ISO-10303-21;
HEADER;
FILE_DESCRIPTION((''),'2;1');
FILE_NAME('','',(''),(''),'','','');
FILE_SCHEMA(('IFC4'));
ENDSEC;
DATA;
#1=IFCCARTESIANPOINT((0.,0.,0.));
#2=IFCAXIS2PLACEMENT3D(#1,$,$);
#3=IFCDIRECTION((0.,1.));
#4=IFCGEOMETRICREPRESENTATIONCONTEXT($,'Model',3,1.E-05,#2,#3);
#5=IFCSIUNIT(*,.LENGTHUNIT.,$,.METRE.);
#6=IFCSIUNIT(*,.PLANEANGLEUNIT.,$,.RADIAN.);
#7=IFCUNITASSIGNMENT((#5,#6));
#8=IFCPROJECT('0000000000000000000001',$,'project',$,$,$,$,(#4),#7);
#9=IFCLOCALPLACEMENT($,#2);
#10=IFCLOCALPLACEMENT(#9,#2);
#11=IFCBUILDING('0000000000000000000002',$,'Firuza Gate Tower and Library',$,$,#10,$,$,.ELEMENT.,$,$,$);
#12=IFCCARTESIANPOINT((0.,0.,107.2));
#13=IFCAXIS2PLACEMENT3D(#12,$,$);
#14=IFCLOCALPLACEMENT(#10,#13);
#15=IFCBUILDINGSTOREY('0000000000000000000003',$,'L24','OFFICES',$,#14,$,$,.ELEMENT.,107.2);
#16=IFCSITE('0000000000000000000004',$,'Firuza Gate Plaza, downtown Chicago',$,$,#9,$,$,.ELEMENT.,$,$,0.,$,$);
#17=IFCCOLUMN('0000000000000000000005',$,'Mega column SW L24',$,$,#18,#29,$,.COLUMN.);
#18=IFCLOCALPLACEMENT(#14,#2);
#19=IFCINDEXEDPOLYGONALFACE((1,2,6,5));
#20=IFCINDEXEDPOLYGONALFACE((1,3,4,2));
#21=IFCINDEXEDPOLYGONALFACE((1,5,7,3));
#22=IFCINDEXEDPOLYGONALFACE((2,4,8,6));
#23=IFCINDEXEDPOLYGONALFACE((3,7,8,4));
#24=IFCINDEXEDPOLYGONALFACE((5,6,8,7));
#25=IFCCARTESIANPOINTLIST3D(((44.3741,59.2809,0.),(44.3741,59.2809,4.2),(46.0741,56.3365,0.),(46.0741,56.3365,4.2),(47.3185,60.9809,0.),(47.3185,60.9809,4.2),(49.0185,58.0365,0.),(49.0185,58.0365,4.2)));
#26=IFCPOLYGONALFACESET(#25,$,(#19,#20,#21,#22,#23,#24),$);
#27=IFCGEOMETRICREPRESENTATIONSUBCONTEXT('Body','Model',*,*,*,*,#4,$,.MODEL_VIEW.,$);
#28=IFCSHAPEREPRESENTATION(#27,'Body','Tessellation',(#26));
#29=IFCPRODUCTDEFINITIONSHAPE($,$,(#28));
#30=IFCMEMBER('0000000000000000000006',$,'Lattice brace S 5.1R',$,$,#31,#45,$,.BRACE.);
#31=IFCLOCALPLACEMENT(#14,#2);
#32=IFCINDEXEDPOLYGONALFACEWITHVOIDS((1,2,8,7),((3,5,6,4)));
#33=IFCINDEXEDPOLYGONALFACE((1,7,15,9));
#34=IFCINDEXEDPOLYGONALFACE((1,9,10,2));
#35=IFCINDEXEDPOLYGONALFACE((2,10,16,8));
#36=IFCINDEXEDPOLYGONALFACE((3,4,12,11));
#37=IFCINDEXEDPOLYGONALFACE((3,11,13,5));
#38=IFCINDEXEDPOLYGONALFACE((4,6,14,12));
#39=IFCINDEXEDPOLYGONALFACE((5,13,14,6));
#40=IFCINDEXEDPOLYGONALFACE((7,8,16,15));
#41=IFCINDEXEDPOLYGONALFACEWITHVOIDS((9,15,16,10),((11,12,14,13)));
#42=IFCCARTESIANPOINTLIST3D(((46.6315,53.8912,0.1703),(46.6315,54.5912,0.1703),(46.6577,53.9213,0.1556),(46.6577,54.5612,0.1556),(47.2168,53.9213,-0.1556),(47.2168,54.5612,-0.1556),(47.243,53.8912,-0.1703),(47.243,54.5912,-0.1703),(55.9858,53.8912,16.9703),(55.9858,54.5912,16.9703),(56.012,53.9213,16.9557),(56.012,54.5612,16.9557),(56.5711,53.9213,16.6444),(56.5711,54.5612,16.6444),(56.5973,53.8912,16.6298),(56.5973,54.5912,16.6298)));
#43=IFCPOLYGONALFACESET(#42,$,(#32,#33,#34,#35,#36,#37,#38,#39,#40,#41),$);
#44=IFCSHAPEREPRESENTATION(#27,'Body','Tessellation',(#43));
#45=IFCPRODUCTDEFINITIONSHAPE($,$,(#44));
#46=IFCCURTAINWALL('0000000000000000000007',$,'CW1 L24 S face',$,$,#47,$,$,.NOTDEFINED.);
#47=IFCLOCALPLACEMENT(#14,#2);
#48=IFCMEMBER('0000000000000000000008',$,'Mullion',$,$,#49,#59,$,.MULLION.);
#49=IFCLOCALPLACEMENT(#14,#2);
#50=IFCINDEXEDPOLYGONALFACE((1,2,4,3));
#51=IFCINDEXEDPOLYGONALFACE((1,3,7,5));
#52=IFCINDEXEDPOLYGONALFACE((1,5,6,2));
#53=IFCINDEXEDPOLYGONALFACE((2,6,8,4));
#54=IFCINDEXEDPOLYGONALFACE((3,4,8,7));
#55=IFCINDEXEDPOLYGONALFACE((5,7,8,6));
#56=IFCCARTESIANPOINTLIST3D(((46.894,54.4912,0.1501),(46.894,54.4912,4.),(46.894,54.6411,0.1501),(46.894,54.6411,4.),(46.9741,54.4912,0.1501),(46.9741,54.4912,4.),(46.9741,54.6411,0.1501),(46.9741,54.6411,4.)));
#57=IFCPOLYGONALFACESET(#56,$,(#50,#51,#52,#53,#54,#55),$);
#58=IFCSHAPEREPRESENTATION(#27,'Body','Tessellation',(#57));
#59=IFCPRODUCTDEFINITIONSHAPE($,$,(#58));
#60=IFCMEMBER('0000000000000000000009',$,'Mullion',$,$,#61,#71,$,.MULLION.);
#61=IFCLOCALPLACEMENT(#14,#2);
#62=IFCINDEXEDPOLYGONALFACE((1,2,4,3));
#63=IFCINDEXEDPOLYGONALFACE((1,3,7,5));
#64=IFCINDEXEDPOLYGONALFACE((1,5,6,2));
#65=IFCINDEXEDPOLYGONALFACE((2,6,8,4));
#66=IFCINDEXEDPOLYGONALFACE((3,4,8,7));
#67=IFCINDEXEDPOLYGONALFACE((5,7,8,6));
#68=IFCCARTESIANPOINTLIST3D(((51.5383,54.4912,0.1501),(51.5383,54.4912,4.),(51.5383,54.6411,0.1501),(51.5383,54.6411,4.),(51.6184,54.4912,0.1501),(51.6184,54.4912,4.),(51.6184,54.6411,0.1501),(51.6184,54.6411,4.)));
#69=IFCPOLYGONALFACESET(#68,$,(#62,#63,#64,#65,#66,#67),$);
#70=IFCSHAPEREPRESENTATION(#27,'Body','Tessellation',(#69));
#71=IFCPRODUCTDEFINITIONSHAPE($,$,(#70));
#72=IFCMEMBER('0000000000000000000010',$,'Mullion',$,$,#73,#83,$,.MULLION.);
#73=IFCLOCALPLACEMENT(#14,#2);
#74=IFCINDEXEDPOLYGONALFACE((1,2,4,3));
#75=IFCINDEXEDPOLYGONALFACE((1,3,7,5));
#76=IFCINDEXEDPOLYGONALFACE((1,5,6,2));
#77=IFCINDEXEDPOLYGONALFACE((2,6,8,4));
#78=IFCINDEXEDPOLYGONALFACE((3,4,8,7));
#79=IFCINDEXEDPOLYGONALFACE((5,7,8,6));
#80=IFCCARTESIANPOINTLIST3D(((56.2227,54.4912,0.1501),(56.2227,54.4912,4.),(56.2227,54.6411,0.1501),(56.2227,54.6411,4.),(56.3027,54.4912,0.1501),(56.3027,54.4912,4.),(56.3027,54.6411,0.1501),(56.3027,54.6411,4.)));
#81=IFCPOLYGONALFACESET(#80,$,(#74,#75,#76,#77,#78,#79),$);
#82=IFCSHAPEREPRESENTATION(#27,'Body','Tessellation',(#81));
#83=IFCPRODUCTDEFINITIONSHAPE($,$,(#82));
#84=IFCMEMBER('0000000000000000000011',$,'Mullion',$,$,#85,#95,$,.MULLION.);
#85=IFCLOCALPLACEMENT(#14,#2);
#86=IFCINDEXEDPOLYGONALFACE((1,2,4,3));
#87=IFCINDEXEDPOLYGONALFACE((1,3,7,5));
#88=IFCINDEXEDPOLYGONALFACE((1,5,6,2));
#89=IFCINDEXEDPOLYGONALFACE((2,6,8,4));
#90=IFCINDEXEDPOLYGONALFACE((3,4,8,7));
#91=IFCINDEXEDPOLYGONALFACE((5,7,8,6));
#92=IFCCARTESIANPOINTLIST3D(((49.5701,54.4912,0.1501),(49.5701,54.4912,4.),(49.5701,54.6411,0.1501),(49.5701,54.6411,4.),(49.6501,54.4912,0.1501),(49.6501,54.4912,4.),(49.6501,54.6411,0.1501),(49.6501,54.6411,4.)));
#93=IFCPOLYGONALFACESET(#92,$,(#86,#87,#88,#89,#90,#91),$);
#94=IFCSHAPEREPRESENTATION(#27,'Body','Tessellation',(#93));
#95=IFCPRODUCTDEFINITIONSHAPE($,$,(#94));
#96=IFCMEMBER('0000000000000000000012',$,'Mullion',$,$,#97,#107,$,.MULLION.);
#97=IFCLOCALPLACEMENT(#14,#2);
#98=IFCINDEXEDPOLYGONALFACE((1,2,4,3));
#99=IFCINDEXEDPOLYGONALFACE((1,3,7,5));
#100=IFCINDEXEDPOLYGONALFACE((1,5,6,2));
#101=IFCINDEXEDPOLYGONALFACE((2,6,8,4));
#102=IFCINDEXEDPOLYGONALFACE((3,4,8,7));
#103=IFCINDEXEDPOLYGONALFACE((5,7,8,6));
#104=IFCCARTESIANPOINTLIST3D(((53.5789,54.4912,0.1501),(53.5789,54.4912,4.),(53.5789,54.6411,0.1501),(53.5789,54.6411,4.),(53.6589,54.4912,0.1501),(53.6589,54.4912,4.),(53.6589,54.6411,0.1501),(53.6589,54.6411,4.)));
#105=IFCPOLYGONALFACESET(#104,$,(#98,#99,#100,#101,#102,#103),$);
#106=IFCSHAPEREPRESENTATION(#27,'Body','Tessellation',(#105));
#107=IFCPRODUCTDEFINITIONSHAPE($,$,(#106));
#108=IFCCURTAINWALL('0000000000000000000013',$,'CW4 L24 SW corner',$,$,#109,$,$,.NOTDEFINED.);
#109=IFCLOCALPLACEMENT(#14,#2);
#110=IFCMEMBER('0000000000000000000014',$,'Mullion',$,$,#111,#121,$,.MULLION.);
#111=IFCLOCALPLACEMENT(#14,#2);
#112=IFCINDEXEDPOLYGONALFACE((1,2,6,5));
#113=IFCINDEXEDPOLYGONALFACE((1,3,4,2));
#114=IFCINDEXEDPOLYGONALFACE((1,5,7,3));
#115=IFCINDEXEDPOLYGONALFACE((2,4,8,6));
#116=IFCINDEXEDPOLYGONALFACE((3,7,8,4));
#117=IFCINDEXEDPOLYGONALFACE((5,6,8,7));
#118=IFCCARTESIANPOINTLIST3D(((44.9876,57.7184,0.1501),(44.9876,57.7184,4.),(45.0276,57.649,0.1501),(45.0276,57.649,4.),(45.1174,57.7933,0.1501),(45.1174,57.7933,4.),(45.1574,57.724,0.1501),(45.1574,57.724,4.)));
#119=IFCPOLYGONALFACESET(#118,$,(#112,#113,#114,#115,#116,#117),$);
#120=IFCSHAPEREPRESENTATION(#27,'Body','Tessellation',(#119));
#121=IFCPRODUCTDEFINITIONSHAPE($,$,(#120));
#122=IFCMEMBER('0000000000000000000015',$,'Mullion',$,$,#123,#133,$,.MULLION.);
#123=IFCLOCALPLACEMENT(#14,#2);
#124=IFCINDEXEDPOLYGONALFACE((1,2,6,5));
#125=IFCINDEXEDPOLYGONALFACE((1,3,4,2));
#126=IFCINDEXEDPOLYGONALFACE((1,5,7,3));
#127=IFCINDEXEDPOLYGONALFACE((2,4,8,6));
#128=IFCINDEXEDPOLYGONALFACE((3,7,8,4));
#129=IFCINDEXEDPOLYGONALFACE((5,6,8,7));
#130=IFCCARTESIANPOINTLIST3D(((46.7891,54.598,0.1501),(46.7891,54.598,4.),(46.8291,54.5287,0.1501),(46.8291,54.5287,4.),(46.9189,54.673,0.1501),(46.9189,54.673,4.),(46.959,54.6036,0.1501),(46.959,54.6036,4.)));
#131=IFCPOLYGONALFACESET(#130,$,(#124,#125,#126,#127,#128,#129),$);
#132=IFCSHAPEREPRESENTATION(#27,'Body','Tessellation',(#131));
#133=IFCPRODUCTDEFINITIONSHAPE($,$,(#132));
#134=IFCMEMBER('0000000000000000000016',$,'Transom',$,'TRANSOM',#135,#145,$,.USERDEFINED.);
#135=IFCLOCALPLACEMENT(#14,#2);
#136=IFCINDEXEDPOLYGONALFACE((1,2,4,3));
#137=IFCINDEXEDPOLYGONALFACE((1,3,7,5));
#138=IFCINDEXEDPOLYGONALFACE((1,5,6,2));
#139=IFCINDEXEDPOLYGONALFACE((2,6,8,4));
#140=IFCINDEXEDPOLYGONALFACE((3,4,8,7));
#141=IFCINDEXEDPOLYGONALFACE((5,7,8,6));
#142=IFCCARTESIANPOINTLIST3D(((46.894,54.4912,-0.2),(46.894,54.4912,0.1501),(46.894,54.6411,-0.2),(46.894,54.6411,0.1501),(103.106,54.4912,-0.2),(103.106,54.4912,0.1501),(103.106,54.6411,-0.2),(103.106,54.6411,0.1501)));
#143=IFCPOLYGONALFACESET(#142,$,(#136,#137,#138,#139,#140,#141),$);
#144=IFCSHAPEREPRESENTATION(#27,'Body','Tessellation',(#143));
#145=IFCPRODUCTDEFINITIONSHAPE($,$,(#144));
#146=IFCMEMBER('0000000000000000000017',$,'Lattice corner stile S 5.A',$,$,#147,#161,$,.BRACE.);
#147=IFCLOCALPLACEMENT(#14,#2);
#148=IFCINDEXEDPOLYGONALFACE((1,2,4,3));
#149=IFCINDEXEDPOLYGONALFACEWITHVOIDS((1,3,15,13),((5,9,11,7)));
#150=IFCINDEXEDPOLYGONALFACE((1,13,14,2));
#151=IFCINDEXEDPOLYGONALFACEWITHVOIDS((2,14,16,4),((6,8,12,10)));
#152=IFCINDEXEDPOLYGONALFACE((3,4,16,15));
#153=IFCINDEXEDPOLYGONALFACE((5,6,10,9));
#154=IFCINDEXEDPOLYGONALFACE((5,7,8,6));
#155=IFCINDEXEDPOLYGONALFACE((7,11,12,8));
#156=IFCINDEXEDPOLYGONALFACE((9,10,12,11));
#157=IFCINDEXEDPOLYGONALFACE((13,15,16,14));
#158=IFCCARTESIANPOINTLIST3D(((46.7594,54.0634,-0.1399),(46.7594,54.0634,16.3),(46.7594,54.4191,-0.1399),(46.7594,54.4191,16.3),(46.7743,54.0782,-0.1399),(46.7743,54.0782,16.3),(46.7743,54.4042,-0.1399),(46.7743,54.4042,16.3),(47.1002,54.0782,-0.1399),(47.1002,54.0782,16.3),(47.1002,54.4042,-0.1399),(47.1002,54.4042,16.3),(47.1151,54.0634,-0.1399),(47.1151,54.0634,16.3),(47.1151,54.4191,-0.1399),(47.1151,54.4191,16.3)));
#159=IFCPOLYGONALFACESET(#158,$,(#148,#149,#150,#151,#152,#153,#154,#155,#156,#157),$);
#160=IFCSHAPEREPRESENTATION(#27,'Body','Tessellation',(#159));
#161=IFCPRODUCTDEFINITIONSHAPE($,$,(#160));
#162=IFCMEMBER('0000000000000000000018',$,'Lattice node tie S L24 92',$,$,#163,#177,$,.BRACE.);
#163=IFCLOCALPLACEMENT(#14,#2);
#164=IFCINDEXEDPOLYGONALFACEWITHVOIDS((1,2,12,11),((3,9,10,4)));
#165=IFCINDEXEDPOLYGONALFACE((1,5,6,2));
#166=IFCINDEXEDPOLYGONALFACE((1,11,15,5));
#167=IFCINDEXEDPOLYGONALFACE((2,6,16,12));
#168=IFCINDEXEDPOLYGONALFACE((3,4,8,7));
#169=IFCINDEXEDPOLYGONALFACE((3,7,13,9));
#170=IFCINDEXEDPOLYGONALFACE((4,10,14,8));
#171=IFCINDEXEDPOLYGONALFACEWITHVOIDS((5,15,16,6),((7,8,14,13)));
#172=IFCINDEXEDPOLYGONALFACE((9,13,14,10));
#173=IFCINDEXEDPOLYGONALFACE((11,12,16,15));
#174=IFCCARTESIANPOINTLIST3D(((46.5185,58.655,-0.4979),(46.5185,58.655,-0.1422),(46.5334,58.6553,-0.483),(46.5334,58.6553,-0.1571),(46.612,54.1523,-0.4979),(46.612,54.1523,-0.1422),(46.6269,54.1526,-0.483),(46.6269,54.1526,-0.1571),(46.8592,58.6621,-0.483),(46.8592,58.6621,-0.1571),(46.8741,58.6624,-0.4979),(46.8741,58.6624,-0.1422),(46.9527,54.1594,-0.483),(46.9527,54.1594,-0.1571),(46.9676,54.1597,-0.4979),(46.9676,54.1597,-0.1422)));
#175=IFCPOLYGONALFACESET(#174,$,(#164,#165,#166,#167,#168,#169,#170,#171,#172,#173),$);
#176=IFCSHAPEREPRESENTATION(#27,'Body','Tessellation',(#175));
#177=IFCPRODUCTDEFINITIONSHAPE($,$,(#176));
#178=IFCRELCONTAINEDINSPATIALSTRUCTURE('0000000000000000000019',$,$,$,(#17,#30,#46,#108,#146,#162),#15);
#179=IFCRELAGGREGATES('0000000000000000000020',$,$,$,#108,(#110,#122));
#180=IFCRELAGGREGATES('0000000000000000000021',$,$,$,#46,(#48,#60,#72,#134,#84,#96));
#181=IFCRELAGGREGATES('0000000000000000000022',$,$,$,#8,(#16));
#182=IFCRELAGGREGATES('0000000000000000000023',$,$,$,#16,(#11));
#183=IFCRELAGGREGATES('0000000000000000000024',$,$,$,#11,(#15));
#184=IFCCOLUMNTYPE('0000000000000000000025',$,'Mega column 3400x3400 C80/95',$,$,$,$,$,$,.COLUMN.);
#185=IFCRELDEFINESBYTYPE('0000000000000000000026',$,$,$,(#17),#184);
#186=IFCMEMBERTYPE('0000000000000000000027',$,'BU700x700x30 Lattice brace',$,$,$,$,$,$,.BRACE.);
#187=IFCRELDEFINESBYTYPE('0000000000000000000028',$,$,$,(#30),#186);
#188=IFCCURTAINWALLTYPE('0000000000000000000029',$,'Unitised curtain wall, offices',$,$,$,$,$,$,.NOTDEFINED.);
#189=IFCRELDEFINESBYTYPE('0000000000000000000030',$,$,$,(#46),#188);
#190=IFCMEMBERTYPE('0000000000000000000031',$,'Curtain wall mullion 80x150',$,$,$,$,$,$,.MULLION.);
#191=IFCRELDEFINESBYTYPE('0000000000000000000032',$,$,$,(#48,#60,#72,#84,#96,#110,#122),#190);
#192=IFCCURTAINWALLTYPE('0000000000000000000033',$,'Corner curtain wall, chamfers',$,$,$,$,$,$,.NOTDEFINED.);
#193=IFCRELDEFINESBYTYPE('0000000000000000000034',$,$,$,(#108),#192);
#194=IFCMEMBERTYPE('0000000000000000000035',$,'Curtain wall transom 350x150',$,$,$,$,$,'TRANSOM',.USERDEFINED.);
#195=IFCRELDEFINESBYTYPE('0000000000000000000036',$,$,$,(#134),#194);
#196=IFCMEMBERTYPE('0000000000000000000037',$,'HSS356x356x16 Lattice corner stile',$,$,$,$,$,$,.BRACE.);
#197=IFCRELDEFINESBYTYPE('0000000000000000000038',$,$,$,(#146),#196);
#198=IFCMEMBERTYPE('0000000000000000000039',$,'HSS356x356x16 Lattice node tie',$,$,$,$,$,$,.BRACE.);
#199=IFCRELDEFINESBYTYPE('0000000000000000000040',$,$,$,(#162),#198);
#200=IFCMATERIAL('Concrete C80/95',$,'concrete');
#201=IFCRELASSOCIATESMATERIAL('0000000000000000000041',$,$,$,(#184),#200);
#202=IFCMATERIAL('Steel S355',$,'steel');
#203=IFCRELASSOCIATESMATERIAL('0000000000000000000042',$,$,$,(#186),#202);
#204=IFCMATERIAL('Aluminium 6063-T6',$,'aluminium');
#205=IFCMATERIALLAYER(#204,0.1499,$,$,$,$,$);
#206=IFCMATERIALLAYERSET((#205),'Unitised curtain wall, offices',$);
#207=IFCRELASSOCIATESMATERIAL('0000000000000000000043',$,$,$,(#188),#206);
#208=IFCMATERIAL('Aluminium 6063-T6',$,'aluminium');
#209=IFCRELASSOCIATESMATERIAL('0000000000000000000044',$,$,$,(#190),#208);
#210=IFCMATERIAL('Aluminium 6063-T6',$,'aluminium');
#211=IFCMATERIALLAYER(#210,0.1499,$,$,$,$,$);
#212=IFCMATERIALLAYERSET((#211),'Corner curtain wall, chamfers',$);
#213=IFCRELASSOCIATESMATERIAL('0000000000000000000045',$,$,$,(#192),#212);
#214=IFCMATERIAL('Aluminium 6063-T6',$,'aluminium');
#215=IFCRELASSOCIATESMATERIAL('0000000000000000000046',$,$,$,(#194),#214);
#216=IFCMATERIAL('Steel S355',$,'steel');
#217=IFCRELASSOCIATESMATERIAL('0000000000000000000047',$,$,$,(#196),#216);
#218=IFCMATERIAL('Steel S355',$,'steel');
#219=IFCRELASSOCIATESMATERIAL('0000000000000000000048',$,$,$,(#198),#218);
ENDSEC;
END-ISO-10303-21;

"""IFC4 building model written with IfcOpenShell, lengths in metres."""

from ifc_helpers import new_model, si_unit, direction, frame, origin, origin_2d, place, context, subcontext, project, spatial, rectangle, hollow_rectangle, extrude, material, layer, layer_set, material_profile, profile_set, type_object, element, aggregate, save


model = new_model("IFC4")

# Units and contexts
model_context = context("Model", 3, precision=1e-05, world=origin(), true_north=direction((0.0, 1.0)))
body_context = subcontext(model_context, "Body", "Model", "MODEL_VIEW")
ifc_project = project(units=[si_unit("LENGTHUNIT", "METRE"), si_unit("PLANEANGLEUNIT", "RADIAN")], contexts=[model_context])

# Site, building, storey
site_placement = place(None, origin())
site = spatial("IfcSite", under=ifc_project, at=site_placement, Name="Firuza Gate Plaza, downtown Chicago", CompositionType="ELEMENT", RefElevation=0.0)
building_placement = place(site_placement, origin())
building = spatial("IfcBuilding", under=site, at=building_placement, Name="Firuza Gate Tower and Library", CompositionType="ELEMENT")
storey_placement = place(building_placement, frame((0.0, 0.0, 107.2)))
storey = spatial("IfcBuildingStorey", under=building, at=storey_placement, Name="L24", Description="OFFICES", CompositionType="ELEMENT", Elevation=107.2)

# Column
ifc_material_1 = material(Name="Concrete C80/95", Category="concrete")
ifc_material_profile_1 = material_profile(ifc_material_1, rectangle(XDim=3.3999, YDim=3.3999, at=origin_2d()))
ifc_profile_set_1 = profile_set([ifc_material_profile_1], Name="Concrete C80/95")
column_type = type_object("IfcColumnType", Name="Mega column 3400x3400 C80/95", PredefinedType="COLUMN", material=ifc_profile_set_1)
column_placement = place(storey_placement, frame((46.6963, 58.6587, 0.0), z_axis=(0.0, 0.0, 1.0), x_axis=(0.5, -0.866025, 0.0)))
element("IfcColumn", 1, at=column_placement, inside=storey, type_object=column_type, Name="Mega column SW L24", PredefinedType="COLUMN", context=body_context, shape_type="SweptSolid", body=[
    extrude(rectangle(XDim=3.3999, YDim=3.3999, at=origin_2d()), origin(), (0.0, 0.0, 1.0), 4.2),
])

# Member
ifc_material_2 = material(Name="Steel S355", Category="steel")
ifc_material_profile_2 = material_profile(ifc_material_2, hollow_rectangle(XDim=0.7, YDim=0.7, WallThickness=0.03, at=origin_2d()))
ifc_profile_set_2 = profile_set([ifc_material_profile_2], Name="Steel S355")
member_type_1 = type_object("IfcMemberType", Name="BU700x700x30 Lattice brace", PredefinedType="BRACE", material=ifc_profile_set_2)
member_1_placement = place(storey_placement, frame((46.9373, 54.2412, 0.0), z_axis=(0.486473, 0.0, 0.873696), x_axis=(0.0, 1.0, 0.0)))
element("IfcMember", 2, at=member_1_placement, inside=storey, type_object=member_type_1, Name="Lattice brace S 5.1R", PredefinedType="BRACE", context=body_context, shape_type="SweptSolid", body=[
    extrude(hollow_rectangle(XDim=0.7, YDim=0.7, WallThickness=0.03, at=origin_2d()), origin(), (0.0, 0.0, 1.0), 19.2288),
])

# Curtain walls, members
ifc_material_3 = material(Name="Aluminium 6063-T6", Category="aluminium")
ifc_layer_1 = layer(ifc_material_3, 0.1499)
ifc_layer_set_1 = layer_set([ifc_layer_1], Name="Unitised curtain wall, offices")
curtain_wall_type_1 = type_object("IfcCurtainWallType", Name="Unitised curtain wall, offices", PredefinedType="NOTDEFINED", material=ifc_layer_set_1)
placement_1 = place(storey_placement, origin())
curtain_wall_1 = element("IfcCurtainWall", 3, at=placement_1, inside=storey, type_object=curtain_wall_type_1, Name="CW1 L24 S face", PredefinedType="NOTDEFINED")
ifc_material_4 = material(Name="Aluminium 6063-T6", Category="aluminium")
ifc_material_profile_3 = material_profile(ifc_material_4, rectangle(XDim=0.1499, YDim=0.0801, at=origin_2d()))
ifc_profile_set_3 = profile_set([ifc_material_profile_3], Name="Aluminium 6063-T6")
member_type_2 = type_object("IfcMemberType", Name="Curtain wall mullion 80x150", PredefinedType="MULLION", material=ifc_profile_set_3)
member_2_placement = place(storey_placement, frame((46.9341, 54.5662, 0.1501), z_axis=(0.0, 0.0, 1.0), x_axis=(0.0, 1.0, 0.0)))
member_2 = element("IfcMember", 4, at=member_2_placement, type_object=member_type_2, Name="Mullion", PredefinedType="MULLION", context=body_context, shape_type="SweptSolid", body=[
    extrude(rectangle(XDim=0.1499, YDim=0.0801, at=origin_2d()), origin(), (0.0, 0.0, 1.0), 3.8499),
])
member_3_placement = place(storey_placement, frame((51.5784, 54.5662, 0.1501), z_axis=(0.0, 0.0, 1.0), x_axis=(0.0, 1.0, 0.0)))
member_3 = element("IfcMember", 5, at=member_3_placement, type_object=member_type_2, Name="Mullion", PredefinedType="MULLION", context=body_context, shape_type="SweptSolid", body=[
    extrude(rectangle(XDim=0.1499, YDim=0.0801, at=origin_2d()), origin(), (0.0, 0.0, 1.0), 3.8499),
])
member_4_placement = place(storey_placement, frame((56.2627, 54.5662, 0.1501), z_axis=(0.0, 0.0, 1.0), x_axis=(0.0, 1.0, 0.0)))
member_4 = element("IfcMember", 6, at=member_4_placement, type_object=member_type_2, Name="Mullion", PredefinedType="MULLION", context=body_context, shape_type="SweptSolid", body=[
    extrude(rectangle(XDim=0.1499, YDim=0.0801, at=origin_2d()), origin(), (0.0, 0.0, 1.0), 3.8499),
])
member_5_placement = place(storey_placement, frame((49.6101, 54.5662, 0.1501), z_axis=(0.0, 0.0, 1.0), x_axis=(0.0, 1.0, 0.0)))
member_5 = element("IfcMember", 7, at=member_5_placement, type_object=member_type_2, Name="Mullion", PredefinedType="MULLION", context=body_context, shape_type="SweptSolid", body=[
    extrude(rectangle(XDim=0.1499, YDim=0.0801, at=origin_2d()), origin(), (0.0, 0.0, 1.0), 3.8499),
])
member_6_placement = place(storey_placement, frame((53.6189, 54.5662, 0.1501), z_axis=(0.0, 0.0, 1.0), x_axis=(0.0, 1.0, 0.0)))
member_6 = element("IfcMember", 8, at=member_6_placement, type_object=member_type_2, Name="Mullion", PredefinedType="MULLION", context=body_context, shape_type="SweptSolid", body=[
    extrude(rectangle(XDim=0.1499, YDim=0.0801, at=origin_2d()), origin(), (0.0, 0.0, 1.0), 3.8499),
])
ifc_material_5 = material(Name="Aluminium 6063-T6", Category="aluminium")
ifc_layer_2 = layer(ifc_material_5, 0.1499)
ifc_layer_set_2 = layer_set([ifc_layer_2], Name="Corner curtain wall, chamfers")
curtain_wall_type_2 = type_object("IfcCurtainWallType", Name="Corner curtain wall, chamfers", PredefinedType="NOTDEFINED", material=ifc_layer_set_2)
curtain_wall_2 = element("IfcCurtainWall", 9, at=placement_1, inside=storey, type_object=curtain_wall_type_2, Name="CW4 L24 SW corner", PredefinedType="NOTDEFINED")
member_7_placement = place(storey_placement, frame((45.0725, 57.7212, 0.1501), z_axis=(0.0, 0.0, 1.0), x_axis=(0.866025, 0.5, 0.0)))
member_7 = element("IfcMember", 10, at=member_7_placement, type_object=member_type_2, Name="Mullion", PredefinedType="MULLION", context=body_context, shape_type="SweptSolid", body=[
    extrude(rectangle(XDim=0.1499, YDim=0.0801, at=origin_2d()), origin(), (0.0, 0.0, 1.0), 3.8499),
])
member_8_placement = place(storey_placement, frame((46.874, 54.6008, 0.1501), z_axis=(0.0, 0.0, 1.0), x_axis=(0.866025, 0.5, 0.0)))
member_8 = element("IfcMember", 11, at=member_8_placement, type_object=member_type_2, Name="Mullion", PredefinedType="MULLION", context=body_context, shape_type="SweptSolid", body=[
    extrude(rectangle(XDim=0.1499, YDim=0.0801, at=origin_2d()), origin(), (0.0, 0.0, 1.0), 3.8499),
])

# Member
ifc_material_6 = material(Name="Aluminium 6063-T6", Category="aluminium")
ifc_material_profile_4 = material_profile(ifc_material_6, rectangle(XDim=0.1499, YDim=0.3501, at=origin_2d()))
ifc_profile_set_4 = profile_set([ifc_material_profile_4], Name="Aluminium 6063-T6")
member_type_3 = type_object("IfcMemberType", Name="Curtain wall transom 350x150", ElementType="TRANSOM", PredefinedType="USERDEFINED", material=ifc_profile_set_4)
member_9_placement = place(storey_placement, frame((46.894, 54.5662, -0.0249), z_axis=(1.0, 0.0, 0.0), x_axis=(0.0, 1.0, 0.0)))
member_9 = element("IfcMember", 12, at=member_9_placement, type_object=member_type_3, Name="Transom", ObjectType="TRANSOM", PredefinedType="USERDEFINED", context=body_context, shape_type="SweptSolid", body=[
    extrude(rectangle(XDim=0.1499, YDim=0.3501, at=origin_2d()), origin(), (0.0, 0.0, 1.0), 56.2119),
])

# Members
ifc_material_7 = material(Name="Steel S355", Category="steel")
ifc_material_profile_5 = material_profile(ifc_material_7, hollow_rectangle(XDim=0.3557, YDim=0.3557, WallThickness=0.0149, at=origin_2d()))
ifc_profile_set_5 = profile_set([ifc_material_profile_5], Name="Steel S355")
member_type_4 = type_object("IfcMemberType", Name="HSS356x356x16 Lattice corner stile", PredefinedType="BRACE", material=ifc_profile_set_5)
member_10_placement = place(storey_placement, frame((46.9373, 54.2412, -0.1399), z_axis=(0.0, 0.0, 1.0), x_axis=(1.0, 0.0, 0.0)))
element("IfcMember", 13, at=member_10_placement, inside=storey, type_object=member_type_4, Name="Lattice corner stile S 5.A", PredefinedType="BRACE", context=body_context, shape_type="SweptSolid", body=[
    extrude(hollow_rectangle(XDim=0.3557, YDim=0.3557, WallThickness=0.0149, at=origin_2d()), origin(), (0.0, 0.0, 1.0), 16.4399),
])
ifc_material_8 = material(Name="Steel S355", Category="steel")
ifc_material_profile_6 = material_profile(ifc_material_8, hollow_rectangle(XDim=0.3557, YDim=0.3557, WallThickness=0.0149, at=origin_2d()))
ifc_profile_set_6 = profile_set([ifc_material_profile_6], Name="Steel S355")
member_type_5 = type_object("IfcMemberType", Name="HSS356x356x16 Lattice node tie", PredefinedType="BRACE", material=ifc_profile_set_6)
member_11_placement = place(storey_placement, frame((46.6963, 58.6587, -0.3201), z_axis=(0.020762, -0.999784, 0.0), x_axis=(0.999784, 0.020762, 0.0)))
element("IfcMember", 14, at=member_11_placement, inside=storey, type_object=member_type_5, Name="Lattice node tie S L24 92", PredefinedType="BRACE", context=body_context, shape_type="SweptSolid", body=[
    extrude(hollow_rectangle(XDim=0.3557, YDim=0.3557, WallThickness=0.0149, at=origin_2d()), origin(), (0.0, 0.0, 1.0), 4.5037),
])

aggregate(curtain_wall_2, [member_7, member_8])
aggregate(curtain_wall_1, [member_2, member_3, member_4, member_9, member_5, member_6])

save(model, "model.ifc")
